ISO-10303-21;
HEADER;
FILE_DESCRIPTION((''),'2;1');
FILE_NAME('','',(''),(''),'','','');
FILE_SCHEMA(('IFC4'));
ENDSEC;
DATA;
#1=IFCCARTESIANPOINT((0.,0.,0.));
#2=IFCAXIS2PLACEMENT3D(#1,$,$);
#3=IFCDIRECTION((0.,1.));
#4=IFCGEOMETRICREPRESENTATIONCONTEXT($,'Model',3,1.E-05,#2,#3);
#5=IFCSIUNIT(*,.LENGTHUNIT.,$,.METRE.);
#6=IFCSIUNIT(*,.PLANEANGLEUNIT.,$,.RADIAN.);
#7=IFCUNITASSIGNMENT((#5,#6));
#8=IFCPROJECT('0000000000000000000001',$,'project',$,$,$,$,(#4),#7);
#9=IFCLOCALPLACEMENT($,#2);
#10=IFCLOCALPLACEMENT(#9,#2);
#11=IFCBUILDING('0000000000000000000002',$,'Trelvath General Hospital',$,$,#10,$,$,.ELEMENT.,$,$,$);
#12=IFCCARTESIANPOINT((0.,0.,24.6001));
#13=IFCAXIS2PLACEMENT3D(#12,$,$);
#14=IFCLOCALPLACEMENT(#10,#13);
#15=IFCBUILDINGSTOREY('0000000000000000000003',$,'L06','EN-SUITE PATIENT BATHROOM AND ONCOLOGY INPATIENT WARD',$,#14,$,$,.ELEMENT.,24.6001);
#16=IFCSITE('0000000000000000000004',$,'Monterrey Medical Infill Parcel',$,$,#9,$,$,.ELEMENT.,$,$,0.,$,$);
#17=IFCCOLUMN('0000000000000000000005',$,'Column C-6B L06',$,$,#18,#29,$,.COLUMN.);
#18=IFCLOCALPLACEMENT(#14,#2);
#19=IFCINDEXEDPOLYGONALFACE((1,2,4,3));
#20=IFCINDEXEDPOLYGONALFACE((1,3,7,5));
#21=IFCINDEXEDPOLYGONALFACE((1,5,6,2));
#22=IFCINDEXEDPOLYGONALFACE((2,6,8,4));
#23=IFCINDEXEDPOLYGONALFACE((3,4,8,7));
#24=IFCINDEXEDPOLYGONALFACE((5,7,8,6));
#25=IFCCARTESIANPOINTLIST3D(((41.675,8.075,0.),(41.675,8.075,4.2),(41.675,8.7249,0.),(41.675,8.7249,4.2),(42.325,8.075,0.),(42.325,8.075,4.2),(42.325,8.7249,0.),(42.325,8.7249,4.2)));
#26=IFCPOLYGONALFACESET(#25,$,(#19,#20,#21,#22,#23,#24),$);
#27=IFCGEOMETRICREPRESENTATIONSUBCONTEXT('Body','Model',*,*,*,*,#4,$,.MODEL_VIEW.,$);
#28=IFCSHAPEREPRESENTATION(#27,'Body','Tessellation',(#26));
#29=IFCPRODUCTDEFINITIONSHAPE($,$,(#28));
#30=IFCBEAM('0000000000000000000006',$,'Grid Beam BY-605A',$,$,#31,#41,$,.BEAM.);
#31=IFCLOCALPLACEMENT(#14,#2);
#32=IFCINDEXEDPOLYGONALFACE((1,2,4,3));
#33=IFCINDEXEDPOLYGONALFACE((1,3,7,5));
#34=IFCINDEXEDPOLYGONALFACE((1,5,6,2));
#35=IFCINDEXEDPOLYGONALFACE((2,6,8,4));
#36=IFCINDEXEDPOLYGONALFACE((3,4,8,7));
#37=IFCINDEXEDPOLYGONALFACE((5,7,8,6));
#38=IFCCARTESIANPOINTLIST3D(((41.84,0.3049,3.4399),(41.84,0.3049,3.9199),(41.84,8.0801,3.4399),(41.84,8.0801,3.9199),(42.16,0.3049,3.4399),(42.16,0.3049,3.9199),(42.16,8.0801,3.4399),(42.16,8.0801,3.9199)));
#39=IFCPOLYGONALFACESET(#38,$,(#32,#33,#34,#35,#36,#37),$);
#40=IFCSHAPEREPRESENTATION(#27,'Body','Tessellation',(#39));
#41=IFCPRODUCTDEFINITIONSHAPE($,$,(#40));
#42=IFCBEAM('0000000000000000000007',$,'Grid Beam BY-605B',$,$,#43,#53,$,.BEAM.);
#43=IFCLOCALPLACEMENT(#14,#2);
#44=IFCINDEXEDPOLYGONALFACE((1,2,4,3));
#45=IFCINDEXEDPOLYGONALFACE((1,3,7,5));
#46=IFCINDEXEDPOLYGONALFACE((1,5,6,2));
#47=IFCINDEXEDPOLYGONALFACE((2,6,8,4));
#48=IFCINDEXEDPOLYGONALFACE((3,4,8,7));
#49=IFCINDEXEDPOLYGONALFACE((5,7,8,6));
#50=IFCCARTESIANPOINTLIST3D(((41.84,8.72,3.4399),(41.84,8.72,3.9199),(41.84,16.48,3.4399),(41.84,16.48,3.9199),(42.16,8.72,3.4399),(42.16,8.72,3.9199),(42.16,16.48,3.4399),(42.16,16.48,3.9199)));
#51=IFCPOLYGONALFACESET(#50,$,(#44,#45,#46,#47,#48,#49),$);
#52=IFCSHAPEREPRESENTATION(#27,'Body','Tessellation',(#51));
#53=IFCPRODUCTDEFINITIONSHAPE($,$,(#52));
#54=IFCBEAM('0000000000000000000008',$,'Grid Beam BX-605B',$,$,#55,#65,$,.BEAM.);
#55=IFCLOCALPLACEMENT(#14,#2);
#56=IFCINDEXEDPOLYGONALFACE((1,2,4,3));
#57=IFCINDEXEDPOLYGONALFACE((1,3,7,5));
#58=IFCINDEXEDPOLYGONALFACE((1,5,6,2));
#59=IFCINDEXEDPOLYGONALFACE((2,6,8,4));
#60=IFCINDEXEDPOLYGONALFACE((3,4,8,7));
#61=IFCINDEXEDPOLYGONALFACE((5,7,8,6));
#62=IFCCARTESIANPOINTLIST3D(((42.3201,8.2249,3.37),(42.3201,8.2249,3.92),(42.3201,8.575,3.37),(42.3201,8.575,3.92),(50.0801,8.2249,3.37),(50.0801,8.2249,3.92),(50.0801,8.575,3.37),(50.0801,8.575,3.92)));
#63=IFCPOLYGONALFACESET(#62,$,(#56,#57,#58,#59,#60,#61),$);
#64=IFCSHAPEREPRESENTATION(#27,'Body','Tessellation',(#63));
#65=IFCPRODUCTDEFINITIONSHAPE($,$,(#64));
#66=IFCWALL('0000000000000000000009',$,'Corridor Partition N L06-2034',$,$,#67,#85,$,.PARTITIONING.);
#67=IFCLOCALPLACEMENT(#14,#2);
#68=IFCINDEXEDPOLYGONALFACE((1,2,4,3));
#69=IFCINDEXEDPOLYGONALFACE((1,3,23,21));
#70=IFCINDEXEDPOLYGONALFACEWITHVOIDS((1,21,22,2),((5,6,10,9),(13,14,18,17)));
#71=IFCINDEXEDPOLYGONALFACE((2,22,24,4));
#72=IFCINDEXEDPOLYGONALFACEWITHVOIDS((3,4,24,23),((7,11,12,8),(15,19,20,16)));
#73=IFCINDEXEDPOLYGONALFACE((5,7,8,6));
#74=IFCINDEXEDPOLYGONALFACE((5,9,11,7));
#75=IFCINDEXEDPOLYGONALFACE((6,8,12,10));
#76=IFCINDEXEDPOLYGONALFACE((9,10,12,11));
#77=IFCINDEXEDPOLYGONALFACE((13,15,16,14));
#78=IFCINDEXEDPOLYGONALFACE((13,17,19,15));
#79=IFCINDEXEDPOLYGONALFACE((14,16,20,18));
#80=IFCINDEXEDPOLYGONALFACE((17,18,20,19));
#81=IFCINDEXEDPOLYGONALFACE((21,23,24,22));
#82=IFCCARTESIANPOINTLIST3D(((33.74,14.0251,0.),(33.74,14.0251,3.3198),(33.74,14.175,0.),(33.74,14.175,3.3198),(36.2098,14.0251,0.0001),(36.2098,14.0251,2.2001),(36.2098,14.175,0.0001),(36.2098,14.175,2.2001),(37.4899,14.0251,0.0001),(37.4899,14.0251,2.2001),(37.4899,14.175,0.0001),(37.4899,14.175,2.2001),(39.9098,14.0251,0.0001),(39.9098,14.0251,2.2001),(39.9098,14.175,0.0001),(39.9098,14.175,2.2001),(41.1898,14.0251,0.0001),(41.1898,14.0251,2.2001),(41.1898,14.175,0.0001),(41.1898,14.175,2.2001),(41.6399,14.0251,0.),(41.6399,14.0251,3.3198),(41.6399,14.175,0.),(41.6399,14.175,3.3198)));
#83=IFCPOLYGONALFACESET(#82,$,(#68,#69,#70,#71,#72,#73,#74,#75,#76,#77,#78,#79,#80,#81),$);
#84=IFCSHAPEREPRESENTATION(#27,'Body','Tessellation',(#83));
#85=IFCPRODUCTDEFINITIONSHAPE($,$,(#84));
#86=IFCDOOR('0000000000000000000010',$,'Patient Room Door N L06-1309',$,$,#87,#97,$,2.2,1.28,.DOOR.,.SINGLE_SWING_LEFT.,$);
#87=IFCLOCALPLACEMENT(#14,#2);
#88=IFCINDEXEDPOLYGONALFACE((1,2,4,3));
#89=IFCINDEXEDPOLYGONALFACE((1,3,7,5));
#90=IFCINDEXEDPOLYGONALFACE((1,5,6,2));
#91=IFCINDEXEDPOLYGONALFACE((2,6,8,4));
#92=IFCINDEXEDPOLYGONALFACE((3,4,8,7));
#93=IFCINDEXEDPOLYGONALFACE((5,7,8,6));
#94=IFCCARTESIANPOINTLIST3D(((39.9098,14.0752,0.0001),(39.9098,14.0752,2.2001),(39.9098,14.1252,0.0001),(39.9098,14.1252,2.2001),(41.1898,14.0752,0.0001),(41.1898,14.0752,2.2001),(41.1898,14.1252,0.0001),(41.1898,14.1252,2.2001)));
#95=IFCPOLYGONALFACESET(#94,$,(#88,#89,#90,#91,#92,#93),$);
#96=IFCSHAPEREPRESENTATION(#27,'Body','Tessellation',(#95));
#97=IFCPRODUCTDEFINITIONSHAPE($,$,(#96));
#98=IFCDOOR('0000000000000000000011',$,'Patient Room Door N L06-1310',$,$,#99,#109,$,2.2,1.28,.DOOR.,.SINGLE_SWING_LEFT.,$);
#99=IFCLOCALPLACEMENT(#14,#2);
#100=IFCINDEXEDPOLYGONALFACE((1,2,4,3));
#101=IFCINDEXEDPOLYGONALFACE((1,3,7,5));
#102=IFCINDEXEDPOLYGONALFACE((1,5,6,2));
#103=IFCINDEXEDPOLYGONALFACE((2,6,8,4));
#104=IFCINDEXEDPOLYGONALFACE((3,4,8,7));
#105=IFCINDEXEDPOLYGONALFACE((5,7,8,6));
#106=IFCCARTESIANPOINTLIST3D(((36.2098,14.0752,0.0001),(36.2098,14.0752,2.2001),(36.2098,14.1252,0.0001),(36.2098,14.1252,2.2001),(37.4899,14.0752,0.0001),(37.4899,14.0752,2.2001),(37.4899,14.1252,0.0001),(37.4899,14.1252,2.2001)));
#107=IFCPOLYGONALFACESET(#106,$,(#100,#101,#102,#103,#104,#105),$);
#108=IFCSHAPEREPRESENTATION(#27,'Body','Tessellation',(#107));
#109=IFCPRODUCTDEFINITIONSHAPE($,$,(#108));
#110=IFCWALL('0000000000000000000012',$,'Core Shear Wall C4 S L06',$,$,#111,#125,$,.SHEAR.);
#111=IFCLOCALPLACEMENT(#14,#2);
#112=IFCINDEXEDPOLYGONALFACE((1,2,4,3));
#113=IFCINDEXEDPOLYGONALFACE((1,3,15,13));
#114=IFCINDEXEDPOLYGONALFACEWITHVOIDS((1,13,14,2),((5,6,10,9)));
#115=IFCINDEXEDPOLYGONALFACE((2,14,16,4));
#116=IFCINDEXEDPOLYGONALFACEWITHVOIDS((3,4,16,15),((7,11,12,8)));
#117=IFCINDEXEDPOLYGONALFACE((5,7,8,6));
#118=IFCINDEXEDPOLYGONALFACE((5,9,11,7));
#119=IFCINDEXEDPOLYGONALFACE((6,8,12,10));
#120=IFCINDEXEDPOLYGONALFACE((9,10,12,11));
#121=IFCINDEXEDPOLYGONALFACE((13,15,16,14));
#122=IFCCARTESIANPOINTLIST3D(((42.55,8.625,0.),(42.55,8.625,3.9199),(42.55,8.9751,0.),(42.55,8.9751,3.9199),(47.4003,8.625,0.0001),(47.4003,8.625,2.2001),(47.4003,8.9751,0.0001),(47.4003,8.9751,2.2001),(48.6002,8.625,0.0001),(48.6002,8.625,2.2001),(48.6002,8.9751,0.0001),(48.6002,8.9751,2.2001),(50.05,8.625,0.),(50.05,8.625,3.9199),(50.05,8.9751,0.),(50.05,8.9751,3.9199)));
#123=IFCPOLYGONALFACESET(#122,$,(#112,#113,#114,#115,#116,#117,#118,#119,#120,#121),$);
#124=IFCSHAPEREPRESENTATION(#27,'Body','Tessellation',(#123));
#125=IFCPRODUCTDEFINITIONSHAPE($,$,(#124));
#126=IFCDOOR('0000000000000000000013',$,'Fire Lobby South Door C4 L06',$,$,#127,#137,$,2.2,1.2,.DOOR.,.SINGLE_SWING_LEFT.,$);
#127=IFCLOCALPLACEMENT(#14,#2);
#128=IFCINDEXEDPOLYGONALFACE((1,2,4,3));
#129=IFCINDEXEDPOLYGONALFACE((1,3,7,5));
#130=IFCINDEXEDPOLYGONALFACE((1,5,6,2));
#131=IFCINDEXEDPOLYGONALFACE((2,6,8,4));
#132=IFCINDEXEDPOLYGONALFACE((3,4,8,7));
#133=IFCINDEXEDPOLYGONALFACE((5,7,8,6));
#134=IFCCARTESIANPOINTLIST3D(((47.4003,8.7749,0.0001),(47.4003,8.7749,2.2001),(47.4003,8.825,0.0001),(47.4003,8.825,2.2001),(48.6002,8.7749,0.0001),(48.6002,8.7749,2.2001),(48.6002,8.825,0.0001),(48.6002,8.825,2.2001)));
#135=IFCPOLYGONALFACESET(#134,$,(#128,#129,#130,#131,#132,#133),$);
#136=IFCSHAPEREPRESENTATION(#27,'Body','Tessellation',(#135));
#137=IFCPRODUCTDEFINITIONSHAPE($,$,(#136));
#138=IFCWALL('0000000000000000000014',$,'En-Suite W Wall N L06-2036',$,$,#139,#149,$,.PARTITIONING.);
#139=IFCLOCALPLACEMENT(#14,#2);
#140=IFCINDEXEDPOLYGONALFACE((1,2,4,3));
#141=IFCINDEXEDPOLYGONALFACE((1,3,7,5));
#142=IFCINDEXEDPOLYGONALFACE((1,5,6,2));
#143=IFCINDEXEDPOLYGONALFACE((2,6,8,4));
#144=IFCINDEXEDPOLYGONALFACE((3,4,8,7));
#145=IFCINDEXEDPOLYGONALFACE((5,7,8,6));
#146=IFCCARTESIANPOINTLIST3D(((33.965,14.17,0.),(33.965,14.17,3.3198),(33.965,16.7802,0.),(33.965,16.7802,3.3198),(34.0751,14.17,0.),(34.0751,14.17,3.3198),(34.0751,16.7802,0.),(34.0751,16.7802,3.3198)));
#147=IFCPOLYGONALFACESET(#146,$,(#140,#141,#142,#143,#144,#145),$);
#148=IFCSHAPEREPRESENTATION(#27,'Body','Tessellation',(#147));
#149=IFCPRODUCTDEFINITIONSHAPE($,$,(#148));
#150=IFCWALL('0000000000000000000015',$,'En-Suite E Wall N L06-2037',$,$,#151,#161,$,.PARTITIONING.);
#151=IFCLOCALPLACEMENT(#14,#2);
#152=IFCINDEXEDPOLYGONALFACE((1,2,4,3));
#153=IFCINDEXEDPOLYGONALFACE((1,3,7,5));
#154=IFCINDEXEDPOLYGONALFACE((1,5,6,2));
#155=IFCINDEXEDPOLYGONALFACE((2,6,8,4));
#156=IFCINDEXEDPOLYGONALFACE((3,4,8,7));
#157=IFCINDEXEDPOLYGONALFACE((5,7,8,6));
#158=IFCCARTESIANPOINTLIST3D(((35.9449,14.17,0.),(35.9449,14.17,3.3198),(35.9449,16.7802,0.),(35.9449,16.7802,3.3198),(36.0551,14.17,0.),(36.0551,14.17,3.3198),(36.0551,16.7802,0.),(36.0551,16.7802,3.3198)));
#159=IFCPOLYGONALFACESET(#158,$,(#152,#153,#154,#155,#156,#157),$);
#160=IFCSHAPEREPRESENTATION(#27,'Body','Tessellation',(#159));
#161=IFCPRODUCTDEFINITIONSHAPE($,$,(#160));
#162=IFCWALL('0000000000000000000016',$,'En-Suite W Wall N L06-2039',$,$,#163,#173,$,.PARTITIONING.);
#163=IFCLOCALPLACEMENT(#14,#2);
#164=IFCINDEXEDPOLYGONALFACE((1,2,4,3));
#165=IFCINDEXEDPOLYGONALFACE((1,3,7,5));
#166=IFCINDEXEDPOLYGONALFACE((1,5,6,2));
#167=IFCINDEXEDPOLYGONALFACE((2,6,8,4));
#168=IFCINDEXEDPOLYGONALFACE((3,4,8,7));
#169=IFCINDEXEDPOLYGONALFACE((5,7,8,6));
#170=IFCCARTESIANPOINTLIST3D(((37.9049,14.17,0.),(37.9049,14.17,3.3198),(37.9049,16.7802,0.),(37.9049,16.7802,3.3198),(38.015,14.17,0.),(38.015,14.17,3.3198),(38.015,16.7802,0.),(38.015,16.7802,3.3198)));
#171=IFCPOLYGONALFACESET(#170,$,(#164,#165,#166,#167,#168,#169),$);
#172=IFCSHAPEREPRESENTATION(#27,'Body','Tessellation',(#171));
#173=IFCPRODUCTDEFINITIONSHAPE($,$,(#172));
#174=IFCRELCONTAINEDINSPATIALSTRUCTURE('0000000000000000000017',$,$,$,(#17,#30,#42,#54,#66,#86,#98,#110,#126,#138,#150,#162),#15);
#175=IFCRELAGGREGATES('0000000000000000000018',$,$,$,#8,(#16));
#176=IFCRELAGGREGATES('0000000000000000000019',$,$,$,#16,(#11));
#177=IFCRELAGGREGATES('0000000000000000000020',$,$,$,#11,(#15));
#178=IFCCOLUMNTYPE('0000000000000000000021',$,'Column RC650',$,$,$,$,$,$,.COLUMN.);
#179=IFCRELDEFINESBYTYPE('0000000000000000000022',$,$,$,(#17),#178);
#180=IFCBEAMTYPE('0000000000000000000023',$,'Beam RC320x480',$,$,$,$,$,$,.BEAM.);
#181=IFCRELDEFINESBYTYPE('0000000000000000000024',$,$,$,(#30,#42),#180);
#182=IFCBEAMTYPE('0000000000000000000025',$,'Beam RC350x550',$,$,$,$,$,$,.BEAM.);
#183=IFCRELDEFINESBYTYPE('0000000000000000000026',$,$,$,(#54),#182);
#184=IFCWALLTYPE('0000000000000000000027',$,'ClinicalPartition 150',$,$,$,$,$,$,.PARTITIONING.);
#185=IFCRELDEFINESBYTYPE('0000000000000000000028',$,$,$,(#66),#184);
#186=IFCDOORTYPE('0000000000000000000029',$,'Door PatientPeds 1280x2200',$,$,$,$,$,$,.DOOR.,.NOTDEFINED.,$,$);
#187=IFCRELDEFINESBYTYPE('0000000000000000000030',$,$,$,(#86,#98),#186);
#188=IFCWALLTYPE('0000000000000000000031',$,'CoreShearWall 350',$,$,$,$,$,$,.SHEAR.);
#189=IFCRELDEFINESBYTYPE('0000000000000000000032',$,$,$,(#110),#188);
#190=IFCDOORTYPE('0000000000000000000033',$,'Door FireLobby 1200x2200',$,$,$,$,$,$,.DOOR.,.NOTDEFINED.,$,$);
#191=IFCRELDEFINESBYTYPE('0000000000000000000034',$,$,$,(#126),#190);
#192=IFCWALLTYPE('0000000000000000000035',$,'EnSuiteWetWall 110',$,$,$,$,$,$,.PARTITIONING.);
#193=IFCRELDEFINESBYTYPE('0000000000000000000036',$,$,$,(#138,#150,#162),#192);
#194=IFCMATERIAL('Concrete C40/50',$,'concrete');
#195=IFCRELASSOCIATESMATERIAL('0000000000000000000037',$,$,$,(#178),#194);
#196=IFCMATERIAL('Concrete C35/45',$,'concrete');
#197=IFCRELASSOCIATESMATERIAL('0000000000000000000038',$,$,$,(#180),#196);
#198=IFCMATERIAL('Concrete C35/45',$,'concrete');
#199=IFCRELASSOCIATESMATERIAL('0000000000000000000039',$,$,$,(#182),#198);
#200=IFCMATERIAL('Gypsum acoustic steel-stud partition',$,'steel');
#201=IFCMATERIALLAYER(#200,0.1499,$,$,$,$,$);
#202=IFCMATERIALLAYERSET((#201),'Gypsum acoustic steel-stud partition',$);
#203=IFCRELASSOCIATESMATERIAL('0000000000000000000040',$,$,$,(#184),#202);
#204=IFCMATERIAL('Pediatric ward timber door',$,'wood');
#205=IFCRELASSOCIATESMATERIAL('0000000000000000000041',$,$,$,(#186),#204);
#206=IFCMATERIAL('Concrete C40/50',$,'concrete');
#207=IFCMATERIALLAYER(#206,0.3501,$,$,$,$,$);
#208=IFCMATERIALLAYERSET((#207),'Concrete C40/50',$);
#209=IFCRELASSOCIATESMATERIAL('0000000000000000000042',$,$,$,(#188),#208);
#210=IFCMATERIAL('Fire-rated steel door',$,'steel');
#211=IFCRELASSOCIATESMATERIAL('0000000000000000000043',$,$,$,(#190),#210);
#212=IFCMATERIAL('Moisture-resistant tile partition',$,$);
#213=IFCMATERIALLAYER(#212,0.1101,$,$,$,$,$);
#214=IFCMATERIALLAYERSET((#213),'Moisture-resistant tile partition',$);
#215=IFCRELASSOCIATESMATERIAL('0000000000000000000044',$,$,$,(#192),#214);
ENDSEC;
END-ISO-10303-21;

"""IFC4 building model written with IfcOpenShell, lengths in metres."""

from ifc_helpers import new_model, si_unit, direction, frame, frame_2d, origin, origin_2d, place, context, subcontext, project, spatial, rectangle, extrude, material, layer, layer_set, material_profile, profile_set, type_object, element, fill, save


model = new_model("IFC4")

# Units and contexts
model_context = context("Model", 3, precision=1e-05, world=origin(), true_north=direction((0.0, 1.0)))
body_context = subcontext(model_context, "Body", "Model", "MODEL_VIEW")
ifc_project = project(units=[si_unit("LENGTHUNIT", "METRE"), si_unit("PLANEANGLEUNIT", "RADIAN")], contexts=[model_context])

# Site, building, storey
site_placement = place(None, origin())
site = spatial("IfcSite", under=ifc_project, at=site_placement, Name="Monterrey Medical Infill Parcel", CompositionType="ELEMENT", RefElevation=0.0)
building_placement = place(site_placement, origin())
building = spatial("IfcBuilding", under=site, at=building_placement, Name="Trelvath General Hospital", CompositionType="ELEMENT")
storey_placement = place(building_placement, frame((0.0, 0.0, 24.6001)))
storey = spatial("IfcBuildingStorey", under=building, at=storey_placement, Name="L06", Description="EN-SUITE PATIENT BATHROOM AND ONCOLOGY INPATIENT WARD", CompositionType="ELEMENT", Elevation=24.6001)

# Column
ifc_material_1 = material(Name="Concrete C40/50", Category="concrete")
ifc_material_profile_1 = material_profile(ifc_material_1, rectangle(XDim=0.6499, YDim=0.6499, at=origin_2d()), Name="RC650x650")
ifc_profile_set_1 = profile_set([ifc_material_profile_1], Name="Concrete C40/50")
column_type = type_object("IfcColumnType", Name="Column RC650", PredefinedType="COLUMN", material=ifc_profile_set_1)
column_placement = place(storey_placement, frame((42.0, 8.3999, 0.0), z_axis=(0.0, 0.0, 1.0), x_axis=(1.0, 0.0, 0.0)))
element("IfcColumn", 1, at=column_placement, inside=storey, type_object=column_type, Name="Column C-6B L06", PredefinedType="COLUMN", context=body_context, shape_type="SweptSolid", body=[
    extrude(rectangle(XDim=0.6499, YDim=0.6499, at=origin_2d()), origin(), (0.0, 0.0, 1.0), 4.2),
])

# Beams
ifc_material_2 = material(Name="Concrete C35/45", Category="concrete")
ifc_material_profile_2 = material_profile(ifc_material_2, rectangle(XDim=0.3201, YDim=0.48, at=origin_2d()), Name="RCB320x480")
ifc_profile_set_2 = profile_set([ifc_material_profile_2], Name="Concrete C35/45")
beam_type_1 = type_object("IfcBeamType", Name="Beam RC320x480", PredefinedType="BEAM", material=ifc_profile_set_2)
beam_1_placement = place(storey_placement, frame((42.0, 0.3049, 3.6799), z_axis=(0.0, 1.0, 0.0), x_axis=(-1.0, 0.0, 0.0)))
element("IfcBeam", 2, at=beam_1_placement, inside=storey, type_object=beam_type_1, Name="Grid Beam BY-605A", PredefinedType="BEAM", context=body_context, shape_type="SweptSolid", body=[
    extrude(rectangle(XDim=0.3201, YDim=0.48, at=origin_2d()), origin(), (0.0, 0.0, 1.0), 7.7751),
])
beam_2_placement = place(storey_placement, frame((42.0, 8.72, 3.6799), z_axis=(0.0, 1.0, 0.0), x_axis=(-1.0, 0.0, 0.0)))
element("IfcBeam", 3, at=beam_2_placement, inside=storey, type_object=beam_type_1, Name="Grid Beam BY-605B", PredefinedType="BEAM", context=body_context, shape_type="SweptSolid", body=[
    extrude(rectangle(XDim=0.3201, YDim=0.48, at=origin_2d()), origin(), (0.0, 0.0, 1.0), 7.76),
])
ifc_material_3 = material(Name="Concrete C35/45", Category="concrete")
ifc_material_profile_3 = material_profile(ifc_material_3, rectangle(XDim=0.3501, YDim=0.55, at=origin_2d()), Name="RCB350x550")
ifc_profile_set_3 = profile_set([ifc_material_profile_3], Name="Concrete C35/45")
beam_type_2 = type_object("IfcBeamType", Name="Beam RC350x550", PredefinedType="BEAM", material=ifc_profile_set_3)
beam_3_placement = place(storey_placement, frame((42.3201, 8.3999, 3.645), z_axis=(1.0, 0.0, 0.0), x_axis=(0.0, 1.0, 0.0)))
element("IfcBeam", 4, at=beam_3_placement, inside=storey, type_object=beam_type_2, Name="Grid Beam BX-605B", PredefinedType="BEAM", context=body_context, shape_type="SweptSolid", body=[
    extrude(rectangle(XDim=0.3501, YDim=0.55, at=origin_2d()), origin(), (0.0, 0.0, 1.0), 7.76),
])

# Shared definitions
ifc_material_4 = material(Name="Gypsum acoustic steel-stud partition", Category="steel")
ifc_layer_1 = layer(ifc_material_4, 0.1499)
ifc_layer_set_1 = layer_set([ifc_layer_1], Name="Gypsum acoustic steel-stud partition")
wall_type_1 = type_object("IfcWallType", Name="ClinicalPartition 150", PredefinedType="PARTITIONING", material=ifc_layer_set_1)

# Wall, openings, doors
wall_1_placement = place(storey_placement, frame((41.6399, 14.1001, 0.0), z_axis=(0.0, 0.0, 1.0), x_axis=(-1.0, 0.0, 0.0)))
wall_1 = element("IfcWall", 5, at=wall_1_placement, inside=storey, type_object=wall_type_1, Name="Corridor Partition N L06-2034", PredefinedType="PARTITIONING", context=body_context, shape_type="SweptSolid", body=[
    extrude(rectangle(XDim=7.8999, YDim=0.1499, at=frame_2d((3.95, 0.0))), origin(), (0.0, 0.0, 1.0), 3.3198),
])
opening_1_placement = place(wall_1_placement, frame((0.45, 0.0, 0.0)))
opening_1 = element("IfcOpeningElement", 6, at=opening_1_placement, cuts=wall_1, PredefinedType="OPENING", context=body_context, shape_type="SweptSolid", body=[
    extrude(rectangle(XDim=1.28, YDim=2.2, at=frame_2d((0.6401, 1.1001))), frame((0.0, 0.085, 0.0), z_axis=(0.0, -1.0, 0.0), x_axis=(1.0, 0.0, 0.0)), (0.0, 0.0, 1.0), 0.1699),
])
opening_2_placement = place(wall_1_placement, frame((4.1499, 0.0, 0.0)))
opening_2 = element("IfcOpeningElement", 7, at=opening_2_placement, cuts=wall_1, PredefinedType="OPENING", context=body_context, shape_type="SweptSolid", body=[
    extrude(rectangle(XDim=1.28, YDim=2.2, at=frame_2d((0.6401, 1.1001))), frame((0.0, 0.085, 0.0), z_axis=(0.0, -1.0, 0.0), x_axis=(1.0, 0.0, 0.0)), (0.0, 0.0, 1.0), 0.1699),
])
ifc_material_5 = material(Name="Pediatric ward timber door", Category="wood")
door_type_1 = type_object("IfcDoorType", Name="Door PatientPeds 1280x2200", OperationType="NOTDEFINED", PredefinedType="DOOR", material=ifc_material_5)
door_1_placement = place(opening_1_placement, origin())
door_1 = element("IfcDoor", 8, at=door_1_placement, inside=storey, type_object=door_type_1, Name="Patient Room Door N L06-1309", OperationType="SINGLE_SWING_LEFT", OverallHeight=2.2, OverallWidth=1.28, PredefinedType="DOOR", context=body_context, shape_type="SweptSolid", body=[
    extrude(rectangle(XDim=1.28, YDim=2.2, at=frame_2d((0.6401, 1.1001))), frame((0.0, 0.0249, 0.0), z_axis=(0.0, -1.0, 0.0), x_axis=(1.0, 0.0, 0.0)), (0.0, 0.0, 1.0), 0.05),
])
fill(opening_1, door_1)
door_2_placement = place(opening_2_placement, origin())
door_2 = element("IfcDoor", 9, at=door_2_placement, inside=storey, type_object=door_type_1, Name="Patient Room Door N L06-1310", OperationType="SINGLE_SWING_LEFT", OverallHeight=2.2, OverallWidth=1.28, PredefinedType="DOOR", context=body_context, shape_type="SweptSolid", body=[
    extrude(rectangle(XDim=1.28, YDim=2.2, at=frame_2d((0.6401, 1.1001))), frame((0.0, 0.0249, 0.0), z_axis=(0.0, -1.0, 0.0), x_axis=(1.0, 0.0, 0.0)), (0.0, 0.0, 1.0), 0.05),
])
fill(opening_2, door_2)

# Wall, opening, door
ifc_material_6 = material(Name="Concrete C40/50", Category="concrete")
ifc_layer_2 = layer(ifc_material_6, 0.3501)
ifc_layer_set_2 = layer_set([ifc_layer_2], Name="Concrete C40/50")
wall_type_2 = type_object("IfcWallType", Name="CoreShearWall 350", PredefinedType="SHEAR", material=ifc_layer_set_2)
wall_2_placement = place(storey_placement, frame((42.55, 8.8, 0.0), z_axis=(0.0, 0.0, 1.0), x_axis=(1.0, 0.0, 0.0)))
wall_2 = element("IfcWall", 10, at=wall_2_placement, inside=storey, type_object=wall_type_2, Name="Core Shear Wall C4 S L06", PredefinedType="SHEAR", context=body_context, shape_type="SweptSolid", body=[
    extrude(rectangle(XDim=7.5, YDim=0.3501, at=frame_2d((3.75, 0.0))), origin(), (0.0, 0.0, 1.0), 3.9199),
])
opening_3_placement = place(wall_2_placement, frame((4.8501, 0.0, 0.0)))
opening_3 = element("IfcOpeningElement", 11, at=opening_3_placement, cuts=wall_2, PredefinedType="OPENING", context=body_context, shape_type="SweptSolid", body=[
    extrude(rectangle(XDim=1.2, YDim=2.2, at=frame_2d((0.6001, 1.1001))), frame((0.0, 0.1851, 0.0), z_axis=(0.0, -1.0, 0.0), x_axis=(1.0, 0.0, 0.0)), (0.0, 0.0, 1.0), 0.3701),
])
ifc_material_7 = material(Name="Fire-rated steel door", Category="steel")
door_type_2 = type_object("IfcDoorType", Name="Door FireLobby 1200x2200", OperationType="NOTDEFINED", PredefinedType="DOOR", material=ifc_material_7)
door_3_placement = place(opening_3_placement, origin())
door_3 = element("IfcDoor", 12, at=door_3_placement, inside=storey, type_object=door_type_2, Name="Fire Lobby South Door C4 L06", OperationType="SINGLE_SWING_LEFT", OverallHeight=2.2, OverallWidth=1.2, PredefinedType="DOOR", context=body_context, shape_type="SweptSolid", body=[
    extrude(rectangle(XDim=1.2, YDim=2.2, at=frame_2d((0.6001, 1.1001))), frame((0.0, 0.0249, 0.0), z_axis=(0.0, -1.0, 0.0), x_axis=(1.0, 0.0, 0.0)), (0.0, 0.0, 1.0), 0.05),
])
fill(opening_3, door_3)

# Walls
ifc_material_8 = material(Name="Moisture-resistant tile partition")
ifc_layer_3 = layer(ifc_material_8, 0.1101)
ifc_layer_set_3 = layer_set([ifc_layer_3], Name="Moisture-resistant tile partition")
wall_type_3 = type_object("IfcWallType", Name="EnSuiteWetWall 110", PredefinedType="PARTITIONING", material=ifc_layer_set_3)
for number, where, z_axis, x_axis, name in (
    (13, (34.02, 14.1699, 0.0), (0.0, 0.0, 1.0), (0.0, 1.0, 0.0), "En-Suite W Wall N L06-2036"),
    (14, (36.0, 14.1699, 0.0), (0.0, 0.0, 1.0), (0.0, 1.0, 0.0), "En-Suite E Wall N L06-2037"),
    (15, (37.96, 14.1699, 0.0), (0.0, 0.0, 1.0), (0.0, 1.0, 0.0), "En-Suite W Wall N L06-2039"),
):
    element("IfcWall", number, at=place(storey_placement, frame(where, z_axis=z_axis, x_axis=x_axis)), inside=storey, type_object=wall_type_3, Name=name, PredefinedType="PARTITIONING", context=body_context, shape_type="SweptSolid", body=[
        extrude(rectangle(XDim=2.6101, YDim=0.1101, at=frame_2d((1.3052, 0.0))), origin(), (0.0, 0.0, 1.0), 3.3198),
    ])

save(model, "model.ifc")
